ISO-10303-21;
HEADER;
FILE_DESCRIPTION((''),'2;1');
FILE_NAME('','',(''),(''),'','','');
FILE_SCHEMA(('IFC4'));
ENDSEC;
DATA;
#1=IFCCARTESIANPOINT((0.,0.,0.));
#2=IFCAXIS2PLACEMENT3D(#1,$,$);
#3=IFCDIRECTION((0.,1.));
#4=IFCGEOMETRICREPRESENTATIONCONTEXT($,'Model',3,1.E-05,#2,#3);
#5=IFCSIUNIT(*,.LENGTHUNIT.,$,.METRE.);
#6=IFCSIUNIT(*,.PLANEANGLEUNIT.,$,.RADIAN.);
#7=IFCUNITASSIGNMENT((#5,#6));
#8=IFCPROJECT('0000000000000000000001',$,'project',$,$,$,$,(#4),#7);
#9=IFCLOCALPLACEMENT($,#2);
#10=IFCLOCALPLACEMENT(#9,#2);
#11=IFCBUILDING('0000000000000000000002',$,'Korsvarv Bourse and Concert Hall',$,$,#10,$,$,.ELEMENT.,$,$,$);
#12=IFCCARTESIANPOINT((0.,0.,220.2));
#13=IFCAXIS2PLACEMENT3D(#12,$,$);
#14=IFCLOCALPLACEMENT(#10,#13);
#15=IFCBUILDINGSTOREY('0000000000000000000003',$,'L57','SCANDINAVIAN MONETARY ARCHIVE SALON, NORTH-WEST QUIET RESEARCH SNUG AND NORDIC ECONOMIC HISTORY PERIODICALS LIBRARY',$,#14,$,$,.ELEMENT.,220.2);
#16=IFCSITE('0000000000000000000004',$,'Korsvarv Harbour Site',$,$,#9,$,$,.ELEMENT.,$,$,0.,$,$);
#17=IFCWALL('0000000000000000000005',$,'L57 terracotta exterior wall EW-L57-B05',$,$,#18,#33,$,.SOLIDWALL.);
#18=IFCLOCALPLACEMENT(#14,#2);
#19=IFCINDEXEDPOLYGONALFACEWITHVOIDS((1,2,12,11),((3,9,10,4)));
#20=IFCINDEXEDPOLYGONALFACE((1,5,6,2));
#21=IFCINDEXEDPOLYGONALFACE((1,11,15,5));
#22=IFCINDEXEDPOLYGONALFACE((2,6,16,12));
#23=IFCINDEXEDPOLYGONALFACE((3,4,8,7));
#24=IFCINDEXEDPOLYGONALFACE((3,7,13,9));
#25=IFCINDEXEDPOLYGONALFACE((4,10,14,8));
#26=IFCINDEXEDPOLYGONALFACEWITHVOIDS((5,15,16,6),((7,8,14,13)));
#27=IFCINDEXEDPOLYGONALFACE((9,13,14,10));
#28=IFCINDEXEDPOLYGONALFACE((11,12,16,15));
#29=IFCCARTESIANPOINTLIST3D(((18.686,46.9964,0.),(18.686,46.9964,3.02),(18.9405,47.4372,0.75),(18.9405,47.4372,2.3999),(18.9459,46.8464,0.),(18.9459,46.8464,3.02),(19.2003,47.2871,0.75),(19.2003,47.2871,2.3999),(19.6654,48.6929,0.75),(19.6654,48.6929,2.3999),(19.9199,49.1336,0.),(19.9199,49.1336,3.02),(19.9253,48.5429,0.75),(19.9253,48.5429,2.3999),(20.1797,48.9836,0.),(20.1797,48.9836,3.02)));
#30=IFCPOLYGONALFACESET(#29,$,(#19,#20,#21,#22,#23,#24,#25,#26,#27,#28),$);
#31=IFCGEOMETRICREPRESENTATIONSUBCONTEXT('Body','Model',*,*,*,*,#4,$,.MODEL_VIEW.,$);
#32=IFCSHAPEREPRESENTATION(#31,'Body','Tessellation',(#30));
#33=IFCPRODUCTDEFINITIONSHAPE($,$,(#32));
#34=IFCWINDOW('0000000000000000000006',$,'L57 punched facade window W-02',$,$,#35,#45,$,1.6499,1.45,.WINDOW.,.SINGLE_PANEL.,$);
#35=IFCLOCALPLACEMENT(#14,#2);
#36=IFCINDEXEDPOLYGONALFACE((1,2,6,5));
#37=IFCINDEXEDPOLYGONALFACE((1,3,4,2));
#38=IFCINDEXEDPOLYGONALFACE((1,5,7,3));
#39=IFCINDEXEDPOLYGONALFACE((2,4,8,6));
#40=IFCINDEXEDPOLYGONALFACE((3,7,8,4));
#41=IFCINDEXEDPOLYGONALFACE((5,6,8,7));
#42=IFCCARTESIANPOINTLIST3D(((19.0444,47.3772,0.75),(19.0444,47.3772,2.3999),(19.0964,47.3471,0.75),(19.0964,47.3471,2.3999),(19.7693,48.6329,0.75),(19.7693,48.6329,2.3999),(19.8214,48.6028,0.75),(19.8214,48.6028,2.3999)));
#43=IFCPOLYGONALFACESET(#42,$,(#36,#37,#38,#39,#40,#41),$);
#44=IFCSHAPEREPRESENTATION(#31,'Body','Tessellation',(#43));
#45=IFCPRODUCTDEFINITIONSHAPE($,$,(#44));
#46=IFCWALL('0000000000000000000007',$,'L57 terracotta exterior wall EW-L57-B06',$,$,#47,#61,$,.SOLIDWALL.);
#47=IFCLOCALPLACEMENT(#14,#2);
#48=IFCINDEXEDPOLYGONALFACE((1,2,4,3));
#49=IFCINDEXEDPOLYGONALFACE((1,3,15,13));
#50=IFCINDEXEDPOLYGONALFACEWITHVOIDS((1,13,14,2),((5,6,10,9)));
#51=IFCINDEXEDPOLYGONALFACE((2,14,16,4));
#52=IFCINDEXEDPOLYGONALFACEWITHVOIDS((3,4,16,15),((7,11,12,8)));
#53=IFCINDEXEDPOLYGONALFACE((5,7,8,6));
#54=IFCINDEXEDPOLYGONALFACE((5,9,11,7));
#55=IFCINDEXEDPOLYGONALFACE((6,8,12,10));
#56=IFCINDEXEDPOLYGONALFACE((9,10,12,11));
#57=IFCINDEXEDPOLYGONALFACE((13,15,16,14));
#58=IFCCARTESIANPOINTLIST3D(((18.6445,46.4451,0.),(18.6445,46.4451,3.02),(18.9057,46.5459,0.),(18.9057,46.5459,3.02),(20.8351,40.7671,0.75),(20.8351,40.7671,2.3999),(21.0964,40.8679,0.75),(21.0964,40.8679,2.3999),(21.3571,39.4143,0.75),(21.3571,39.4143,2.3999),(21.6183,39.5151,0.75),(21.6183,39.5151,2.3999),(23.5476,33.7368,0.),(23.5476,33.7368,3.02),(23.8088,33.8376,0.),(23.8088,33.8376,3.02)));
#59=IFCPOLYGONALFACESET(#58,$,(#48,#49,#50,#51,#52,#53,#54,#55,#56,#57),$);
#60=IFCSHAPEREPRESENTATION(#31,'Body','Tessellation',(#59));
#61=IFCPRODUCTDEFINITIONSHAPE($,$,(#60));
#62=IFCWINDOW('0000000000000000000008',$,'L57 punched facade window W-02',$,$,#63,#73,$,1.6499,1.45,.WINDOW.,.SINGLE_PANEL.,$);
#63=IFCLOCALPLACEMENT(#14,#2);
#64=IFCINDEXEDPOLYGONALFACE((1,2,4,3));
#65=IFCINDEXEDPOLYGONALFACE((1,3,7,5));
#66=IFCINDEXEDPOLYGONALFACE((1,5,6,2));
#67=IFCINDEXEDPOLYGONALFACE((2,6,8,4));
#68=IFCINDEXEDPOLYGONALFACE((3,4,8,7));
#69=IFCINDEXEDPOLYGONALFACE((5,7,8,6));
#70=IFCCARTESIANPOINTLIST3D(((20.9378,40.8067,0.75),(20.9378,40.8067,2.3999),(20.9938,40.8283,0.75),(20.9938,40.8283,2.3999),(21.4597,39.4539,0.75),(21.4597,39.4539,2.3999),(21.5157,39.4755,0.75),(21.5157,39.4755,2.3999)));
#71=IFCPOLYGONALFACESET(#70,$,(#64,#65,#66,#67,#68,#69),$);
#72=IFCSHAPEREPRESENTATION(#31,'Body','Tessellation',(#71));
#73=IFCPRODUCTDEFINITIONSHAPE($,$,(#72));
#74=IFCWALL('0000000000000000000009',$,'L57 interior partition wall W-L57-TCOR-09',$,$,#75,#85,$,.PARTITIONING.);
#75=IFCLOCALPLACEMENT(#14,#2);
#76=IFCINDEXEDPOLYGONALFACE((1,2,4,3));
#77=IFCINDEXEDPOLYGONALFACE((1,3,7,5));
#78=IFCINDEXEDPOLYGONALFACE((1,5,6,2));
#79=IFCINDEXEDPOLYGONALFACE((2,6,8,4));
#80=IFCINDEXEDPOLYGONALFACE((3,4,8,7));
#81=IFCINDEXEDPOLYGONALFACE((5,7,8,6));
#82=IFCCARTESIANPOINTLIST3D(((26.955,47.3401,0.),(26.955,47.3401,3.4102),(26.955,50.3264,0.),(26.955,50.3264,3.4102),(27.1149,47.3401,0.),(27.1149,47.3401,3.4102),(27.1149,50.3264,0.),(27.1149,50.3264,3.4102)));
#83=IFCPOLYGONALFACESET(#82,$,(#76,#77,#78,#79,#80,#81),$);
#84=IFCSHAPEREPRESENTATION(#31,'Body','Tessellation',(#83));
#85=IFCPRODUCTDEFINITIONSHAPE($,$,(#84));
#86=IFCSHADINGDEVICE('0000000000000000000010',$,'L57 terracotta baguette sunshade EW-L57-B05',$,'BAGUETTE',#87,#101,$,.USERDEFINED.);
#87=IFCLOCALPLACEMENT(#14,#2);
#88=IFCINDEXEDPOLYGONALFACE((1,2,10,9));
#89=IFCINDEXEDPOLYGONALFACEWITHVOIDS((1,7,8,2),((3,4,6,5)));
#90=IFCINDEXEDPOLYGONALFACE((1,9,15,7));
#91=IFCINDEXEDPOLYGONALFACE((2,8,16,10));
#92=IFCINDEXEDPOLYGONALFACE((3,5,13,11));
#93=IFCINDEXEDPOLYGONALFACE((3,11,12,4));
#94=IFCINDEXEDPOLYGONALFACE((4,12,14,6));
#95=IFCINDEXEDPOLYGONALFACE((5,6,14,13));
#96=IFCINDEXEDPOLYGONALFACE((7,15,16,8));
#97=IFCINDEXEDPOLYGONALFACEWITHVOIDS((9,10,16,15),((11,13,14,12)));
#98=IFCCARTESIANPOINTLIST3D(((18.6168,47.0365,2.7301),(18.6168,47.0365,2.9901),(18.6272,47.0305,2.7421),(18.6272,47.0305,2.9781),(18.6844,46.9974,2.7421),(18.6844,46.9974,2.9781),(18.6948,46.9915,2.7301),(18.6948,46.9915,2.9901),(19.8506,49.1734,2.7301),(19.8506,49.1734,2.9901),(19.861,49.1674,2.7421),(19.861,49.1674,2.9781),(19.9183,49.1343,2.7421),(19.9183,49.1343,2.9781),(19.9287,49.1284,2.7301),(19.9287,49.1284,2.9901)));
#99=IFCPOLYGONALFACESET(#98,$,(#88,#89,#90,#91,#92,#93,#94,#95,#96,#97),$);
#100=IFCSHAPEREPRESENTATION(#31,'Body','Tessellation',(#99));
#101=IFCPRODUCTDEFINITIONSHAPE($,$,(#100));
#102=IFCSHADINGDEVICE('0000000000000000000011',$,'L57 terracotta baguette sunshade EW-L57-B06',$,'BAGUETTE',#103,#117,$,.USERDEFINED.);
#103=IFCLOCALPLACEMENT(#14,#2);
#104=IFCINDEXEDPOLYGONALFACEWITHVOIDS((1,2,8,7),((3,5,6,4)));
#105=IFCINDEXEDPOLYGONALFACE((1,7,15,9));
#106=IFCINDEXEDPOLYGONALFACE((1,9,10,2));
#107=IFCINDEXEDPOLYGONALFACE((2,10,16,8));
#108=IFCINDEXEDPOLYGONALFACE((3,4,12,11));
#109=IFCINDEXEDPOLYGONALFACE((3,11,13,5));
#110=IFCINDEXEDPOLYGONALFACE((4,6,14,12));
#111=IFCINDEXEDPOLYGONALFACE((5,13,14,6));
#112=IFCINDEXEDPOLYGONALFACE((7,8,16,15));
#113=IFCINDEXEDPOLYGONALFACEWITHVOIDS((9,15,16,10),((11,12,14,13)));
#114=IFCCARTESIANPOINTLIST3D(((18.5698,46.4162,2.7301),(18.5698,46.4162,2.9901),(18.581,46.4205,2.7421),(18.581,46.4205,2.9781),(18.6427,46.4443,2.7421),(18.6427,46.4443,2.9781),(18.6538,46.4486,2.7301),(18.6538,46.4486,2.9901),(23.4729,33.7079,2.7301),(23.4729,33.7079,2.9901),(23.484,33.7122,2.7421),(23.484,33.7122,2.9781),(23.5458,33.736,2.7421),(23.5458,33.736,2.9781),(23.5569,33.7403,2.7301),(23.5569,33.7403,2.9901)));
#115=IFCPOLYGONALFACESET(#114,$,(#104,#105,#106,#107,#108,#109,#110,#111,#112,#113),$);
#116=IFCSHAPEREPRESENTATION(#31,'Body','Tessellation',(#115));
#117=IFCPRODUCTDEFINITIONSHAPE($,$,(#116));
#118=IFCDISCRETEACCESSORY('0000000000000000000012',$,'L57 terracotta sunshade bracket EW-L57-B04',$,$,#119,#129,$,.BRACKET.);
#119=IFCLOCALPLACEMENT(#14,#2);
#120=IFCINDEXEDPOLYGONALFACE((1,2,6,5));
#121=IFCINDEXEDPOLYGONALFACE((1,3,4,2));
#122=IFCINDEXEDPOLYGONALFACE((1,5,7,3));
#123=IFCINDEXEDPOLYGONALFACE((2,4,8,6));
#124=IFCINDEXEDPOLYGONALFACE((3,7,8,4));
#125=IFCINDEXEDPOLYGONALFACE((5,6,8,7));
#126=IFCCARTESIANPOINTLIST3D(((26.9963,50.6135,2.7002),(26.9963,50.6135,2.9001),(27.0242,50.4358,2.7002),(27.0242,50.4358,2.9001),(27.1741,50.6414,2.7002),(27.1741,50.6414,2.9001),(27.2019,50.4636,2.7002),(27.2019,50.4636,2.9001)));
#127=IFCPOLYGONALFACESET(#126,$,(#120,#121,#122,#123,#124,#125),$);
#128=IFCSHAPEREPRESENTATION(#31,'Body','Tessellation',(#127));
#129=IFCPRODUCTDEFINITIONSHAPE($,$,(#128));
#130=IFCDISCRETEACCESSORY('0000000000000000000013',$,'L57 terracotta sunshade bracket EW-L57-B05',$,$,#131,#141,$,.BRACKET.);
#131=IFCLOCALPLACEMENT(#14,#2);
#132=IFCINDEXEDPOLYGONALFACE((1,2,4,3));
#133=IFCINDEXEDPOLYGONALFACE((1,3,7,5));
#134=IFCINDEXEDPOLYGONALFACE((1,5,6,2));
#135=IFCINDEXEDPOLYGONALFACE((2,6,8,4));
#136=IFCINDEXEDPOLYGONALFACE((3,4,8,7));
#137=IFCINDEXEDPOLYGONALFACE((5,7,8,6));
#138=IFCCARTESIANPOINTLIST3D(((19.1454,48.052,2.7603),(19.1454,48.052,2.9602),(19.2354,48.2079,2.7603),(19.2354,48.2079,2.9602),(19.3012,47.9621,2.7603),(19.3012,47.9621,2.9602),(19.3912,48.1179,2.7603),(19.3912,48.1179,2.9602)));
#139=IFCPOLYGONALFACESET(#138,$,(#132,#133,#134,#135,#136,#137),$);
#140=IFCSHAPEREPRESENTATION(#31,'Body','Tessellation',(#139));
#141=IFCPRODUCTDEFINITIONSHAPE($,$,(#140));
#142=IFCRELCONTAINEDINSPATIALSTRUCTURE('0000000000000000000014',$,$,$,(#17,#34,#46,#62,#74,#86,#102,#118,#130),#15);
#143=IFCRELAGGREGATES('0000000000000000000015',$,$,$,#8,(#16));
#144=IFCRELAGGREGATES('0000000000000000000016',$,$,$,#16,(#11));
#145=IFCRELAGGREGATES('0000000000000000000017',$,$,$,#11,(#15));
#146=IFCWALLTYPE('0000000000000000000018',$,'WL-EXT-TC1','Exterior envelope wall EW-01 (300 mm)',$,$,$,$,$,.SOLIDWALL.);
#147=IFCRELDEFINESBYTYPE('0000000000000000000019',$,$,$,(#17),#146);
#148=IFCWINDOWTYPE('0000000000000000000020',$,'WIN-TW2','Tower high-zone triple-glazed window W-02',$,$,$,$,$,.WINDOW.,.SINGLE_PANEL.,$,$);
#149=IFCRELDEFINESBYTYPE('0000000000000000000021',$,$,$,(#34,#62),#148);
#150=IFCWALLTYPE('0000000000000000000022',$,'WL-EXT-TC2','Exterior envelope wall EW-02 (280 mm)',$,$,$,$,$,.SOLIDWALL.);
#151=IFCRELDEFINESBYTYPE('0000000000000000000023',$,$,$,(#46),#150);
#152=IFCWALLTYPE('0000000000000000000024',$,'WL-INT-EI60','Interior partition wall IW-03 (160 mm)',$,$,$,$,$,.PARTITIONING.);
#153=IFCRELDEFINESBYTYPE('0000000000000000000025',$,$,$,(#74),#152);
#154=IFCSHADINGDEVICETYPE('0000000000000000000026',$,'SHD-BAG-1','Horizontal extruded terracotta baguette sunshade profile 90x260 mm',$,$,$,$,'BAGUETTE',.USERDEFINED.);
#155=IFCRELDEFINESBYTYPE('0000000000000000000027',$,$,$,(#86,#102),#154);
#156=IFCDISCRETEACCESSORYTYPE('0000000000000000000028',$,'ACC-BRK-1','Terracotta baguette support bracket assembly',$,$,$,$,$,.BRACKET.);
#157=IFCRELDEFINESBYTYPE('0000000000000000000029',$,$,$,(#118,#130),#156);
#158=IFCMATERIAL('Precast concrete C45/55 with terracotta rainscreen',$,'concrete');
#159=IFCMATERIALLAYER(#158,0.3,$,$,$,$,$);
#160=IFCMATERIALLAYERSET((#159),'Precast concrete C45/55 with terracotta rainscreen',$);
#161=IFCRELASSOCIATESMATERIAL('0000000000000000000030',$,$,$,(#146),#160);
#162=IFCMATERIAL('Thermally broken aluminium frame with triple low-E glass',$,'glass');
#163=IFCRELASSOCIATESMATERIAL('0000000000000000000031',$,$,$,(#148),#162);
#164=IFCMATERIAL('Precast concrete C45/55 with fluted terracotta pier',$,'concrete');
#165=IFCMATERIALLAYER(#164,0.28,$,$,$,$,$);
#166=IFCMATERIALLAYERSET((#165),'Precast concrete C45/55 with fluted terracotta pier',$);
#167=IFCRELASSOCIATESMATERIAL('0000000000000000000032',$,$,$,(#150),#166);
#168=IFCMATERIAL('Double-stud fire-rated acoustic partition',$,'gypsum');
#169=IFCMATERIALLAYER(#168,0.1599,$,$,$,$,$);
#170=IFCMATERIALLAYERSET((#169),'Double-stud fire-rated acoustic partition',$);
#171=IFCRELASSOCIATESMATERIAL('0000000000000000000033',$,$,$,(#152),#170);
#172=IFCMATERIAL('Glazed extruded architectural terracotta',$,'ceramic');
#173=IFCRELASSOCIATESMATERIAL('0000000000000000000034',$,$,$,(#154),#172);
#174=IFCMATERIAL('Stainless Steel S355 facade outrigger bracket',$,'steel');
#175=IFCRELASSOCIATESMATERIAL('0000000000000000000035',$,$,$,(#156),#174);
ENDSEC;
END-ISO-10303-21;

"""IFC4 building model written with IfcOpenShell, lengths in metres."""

from ifc_helpers import new_model, si_unit, direction, frame, frame_2d, origin, origin_2d, place, context, subcontext, project, spatial, rectangle, hollow_rectangle, extrude, source, transform, mapped, material, layer, layer_set, material_profile, profile_set, type_object, element, fill, save


model = new_model("IFC4")

# Units and contexts
model_context = context("Model", 3, precision=1e-05, world=origin(), true_north=direction((0.0, 1.0)))
body_context = subcontext(model_context, "Body", "Model", "MODEL_VIEW")
ifc_project = project(units=[si_unit("LENGTHUNIT", "METRE"), si_unit("PLANEANGLEUNIT", "RADIAN")], contexts=[model_context])

# Site, building, storey
site_placement = place(None, origin())
site = spatial("IfcSite", under=ifc_project, at=site_placement, Name="Korsvarv Harbour Site", CompositionType="ELEMENT", RefElevation=0.0)
building_placement = place(site_placement, origin())
building = spatial("IfcBuilding", under=site, at=building_placement, Name="Korsvarv Bourse and Concert Hall", CompositionType="ELEMENT")
storey_placement = place(building_placement, frame((0.0, 0.0, 220.2)))
storey = spatial("IfcBuildingStorey", under=building, at=storey_placement, Name="L57", Description="SCANDINAVIAN MONETARY ARCHIVE SALON, NORTH-WEST QUIET RESEARCH SNUG AND NORDIC ECONOMIC HISTORY PERIODICALS LIBRARY", CompositionType="ELEMENT", Elevation=220.2)

# Walls, openings, windows
ifc_material_1 = material(Name="Precast concrete C45/55 with terracotta rainscreen", Category="concrete")
ifc_layer_1 = layer(ifc_material_1, 0.3)
ifc_layer_set_1 = layer_set([ifc_layer_1], Name="Precast concrete C45/55 with terracotta rainscreen")
wall_type_1 = type_object("IfcWallType", Name="WL-EXT-TC1", Description="Exterior envelope wall EW-01 (300 mm)", PredefinedType="SOLIDWALL", material=ifc_layer_set_1)
wall_1_placement = place(storey_placement, frame((20.0498, 49.0586, 0.0), z_axis=(0.0, 0.0, 1.0), x_axis=(-0.499991, -0.866031, 0.0)))
wall_1 = element("IfcWall", 1, at=wall_1_placement, inside=storey, type_object=wall_type_1, Name="L57 terracotta exterior wall EW-L57-B05", PredefinedType="SOLIDWALL", context=body_context, shape_type="SweptSolid", body=[
    extrude(rectangle(XDim=2.4678, YDim=0.3, at=frame_2d((1.2339, 0.0))), origin(), (0.0, 0.0, 1.0), 3.02),
])
opening_1_placement = place(wall_1_placement, frame((0.5088, 0.0, 0.75)))
opening_1 = element("IfcOpeningElement", 2, at=opening_1_placement, cuts=wall_1, PredefinedType="OPENING", context=body_context, shape_type="SweptSolid", body=[
    extrude(rectangle(XDim=1.45, YDim=1.6499, at=frame_2d((0.7251, 0.825))), frame((0.0, 0.1602, 0.0), z_axis=(0.0, -1.0, 0.0), x_axis=(1.0, 0.0, 0.0)), (0.0, 0.0, 1.0), 0.3201),
])
ifc_material_2 = material(Name="Thermally broken aluminium frame with triple low-E glass", Category="glass")
window_type = type_object("IfcWindowType", Name="WIN-TW2", Description="Tower high-zone triple-glazed window W-02", PartitioningType="SINGLE_PANEL", PredefinedType="WINDOW", material=ifc_material_2)
window_1_placement = place(opening_1_placement, origin())
window_1 = element("IfcWindow", 3, at=window_1_placement, inside=storey, type_object=window_type, Name="L57 punched facade window W-02", OverallHeight=1.6499, OverallWidth=1.45, PartitioningType="SINGLE_PANEL", PredefinedType="WINDOW", context=body_context, shape_type="SweptSolid", body=[
    extrude(rectangle(XDim=1.45, YDim=1.6499, at=frame_2d((0.7251, 0.825))), frame((0.0, 0.03, 0.0), z_axis=(0.0, -1.0, 0.0), x_axis=(1.0, 0.0, 0.0)), (0.0, 0.0, 1.0), 0.0601),
])
fill(opening_1, window_1)
ifc_material_3 = material(Name="Precast concrete C45/55 with fluted terracotta pier", Category="concrete")
ifc_layer_2 = layer(ifc_material_3, 0.28)
ifc_layer_set_2 = layer_set([ifc_layer_2], Name="Precast concrete C45/55 with fluted terracotta pier")
wall_type_2 = type_object("IfcWallType", Name="WL-EXT-TC2", Description="Exterior envelope wall EW-02 (280 mm)", PredefinedType="SOLIDWALL", material=ifc_layer_set_2)
wall_2_placement = place(storey_placement, frame((18.7751, 46.4954, 0.0), z_axis=(0.0, 0.0, 1.0), x_axis=(0.359957, -0.932969, 0.0)))
wall_2 = element("IfcWall", 4, at=wall_2_placement, inside=storey, type_object=wall_type_2, Name="L57 terracotta exterior wall EW-L57-B06", PredefinedType="SOLIDWALL", context=body_context, shape_type="SweptSolid", body=[
    extrude(rectangle(XDim=13.6213, YDim=0.28, at=frame_2d((6.8105, 0.0))), origin(), (0.0, 0.0, 1.0), 3.02),
])
opening_2_placement = place(wall_2_placement, frame((6.0857, 0.0, 0.75)))
opening_2 = element("IfcOpeningElement", 5, at=opening_2_placement, cuts=wall_2, PredefinedType="OPENING", context=body_context, shape_type="SweptSolid", body=[
    extrude(rectangle(XDim=1.45, YDim=1.6499, at=frame_2d((0.7251, 0.825))), frame((0.0, 0.1499, 0.0), z_axis=(0.0, -1.0, 0.0), x_axis=(1.0, 0.0, 0.0)), (0.0, 0.0, 1.0), 0.3),
])
window_2_placement = place(opening_2_placement, origin())
window_2 = element("IfcWindow", 6, at=window_2_placement, inside=storey, type_object=window_type, Name="L57 punched facade window W-02", OverallHeight=1.6499, OverallWidth=1.45, PartitioningType="SINGLE_PANEL", PredefinedType="WINDOW", context=body_context, shape_type="SweptSolid", body=[
    extrude(rectangle(XDim=1.45, YDim=1.6499, at=frame_2d((0.7251, 0.825))), frame((0.0, 0.03, 0.0), z_axis=(0.0, -1.0, 0.0), x_axis=(1.0, 0.0, 0.0)), (0.0, 0.0, 1.0), 0.0601),
])
fill(opening_2, window_2)

# Wall
ifc_material_4 = material(Name="Double-stud fire-rated acoustic partition", Category="gypsum")
ifc_layer_3 = layer(ifc_material_4, 0.1599)
ifc_layer_set_3 = layer_set([ifc_layer_3], Name="Double-stud fire-rated acoustic partition")
wall_type_3 = type_object("IfcWallType", Name="WL-INT-EI60", Description="Interior partition wall IW-03 (160 mm)", PredefinedType="PARTITIONING", material=ifc_layer_set_3)
wall_3_placement = place(storey_placement, frame((27.0349, 47.3401, 0.0), z_axis=(0.0, 0.0, 1.0), x_axis=(0.0, 1.0, 0.0)))
element("IfcWall", 7, at=wall_3_placement, inside=storey, type_object=wall_type_3, Name="L57 interior partition wall W-L57-TCOR-09", PredefinedType="PARTITIONING", context=body_context, shape_type="SweptSolid", body=[
    extrude(rectangle(XDim=2.9863, YDim=0.1599, at=frame_2d((1.4932, 0.0))), origin(), (0.0, 0.0, 1.0), 3.4102),
])

# Shading devices
ifc_material_5 = material(Name="Glazed extruded architectural terracotta", Category="ceramic")
ifc_material_profile_1 = material_profile(ifc_material_5, hollow_rectangle(XDim=0.0901, YDim=0.26, WallThickness=0.012, at=origin_2d()), Name="TC-BAG 90x260")
ifc_profile_set_1 = profile_set([ifc_material_profile_1], Name="Glazed extruded architectural terracotta")
shading_device_type = type_object("IfcShadingDeviceType", Name="SHD-BAG-1", Description="Horizontal extruded terracotta baguette sunshade profile 90x260 mm", ElementType="BAGUETTE", PredefinedType="USERDEFINED", material=ifc_profile_set_1)
shared_shape_1 = source(origin(), body_context, "Body", "SweptSolid", [
    extrude(hollow_rectangle(XDim=0.0901, YDim=0.26, WallThickness=0.012, at=origin_2d()), origin(), (0.0, 0.0, 1.0), 2.4675),
])
shading_device_1_placement = place(storey_placement, frame((19.8896, 49.1509, 2.8601), z_axis=(-0.500034, -0.866006, 0.0), x_axis=(0.866006, -0.500034, 0.0)))
element("IfcShadingDevice", 8, at=shading_device_1_placement, inside=storey, type_object=shading_device_type, Name="L57 terracotta baguette sunshade EW-L57-B05", ObjectType="BAGUETTE", PredefinedType="USERDEFINED", context=body_context, shape_type="MappedRepresentation", body=[
    mapped(shared_shape_1, transform((0.0, 0.0, 0.0), scale=1.0)),
])
shared_shape_2 = source(origin(), body_context, "Body", "SweptSolid", [
    extrude(hollow_rectangle(XDim=0.0901, YDim=0.26, WallThickness=0.012, at=origin_2d()), origin(), (0.0, 0.0, 1.0), 13.6213),
])
shading_device_2_placement = place(storey_placement, frame((18.6118, 46.4324, 2.8601), z_axis=(0.359957, -0.932969, 0.0), x_axis=(0.932969, 0.359957, 0.0)))
element("IfcShadingDevice", 9, at=shading_device_2_placement, inside=storey, type_object=shading_device_type, Name="L57 terracotta baguette sunshade EW-L57-B06", ObjectType="BAGUETTE", PredefinedType="USERDEFINED", context=body_context, shape_type="MappedRepresentation", body=[
    mapped(shared_shape_2, transform((0.0, 0.0, 0.0), scale=1.0)),
])

# Discrete accessories
ifc_material_6 = material(Name="Stainless Steel S355 facade outrigger bracket", Category="steel")
discrete_accessory_type = type_object("IfcDiscreteAccessoryType", Name="ACC-BRK-1", Description="Terracotta baguette support bracket assembly", PredefinedType="BRACKET", material=ifc_material_6)
shared_shape_3 = source(origin(), body_context, "Body", "SweptSolid", [
    extrude(rectangle(XDim=0.1799, YDim=0.1799, at=origin_2d()), origin(), (0.0, 0.0, 1.0), 0.2),
])
for number, where, z_axis, x_axis, name in (
    (10, (27.0991, 50.5386, 2.7002), (0.0, 0.0, 1.0), (-0.98796, -0.15471, 0.0), "L57 terracotta sunshade bracket EW-L57-B04"),
    (11, (19.2683, 48.085, 2.7603), (0.0, 0.0, 1.0), (-0.5, -0.866025, 0.0), "L57 terracotta sunshade bracket EW-L57-B05"),
):
    element("IfcDiscreteAccessory", number, at=place(storey_placement, frame(where, z_axis=z_axis, x_axis=x_axis)), inside=storey, type_object=discrete_accessory_type, Name=name, PredefinedType="BRACKET", context=body_context, shape_type="MappedRepresentation", body=[
        mapped(shared_shape_3, transform((0.0, 0.0, 0.0), scale=1.0)),
    ])

save(model, "model.ifc")
